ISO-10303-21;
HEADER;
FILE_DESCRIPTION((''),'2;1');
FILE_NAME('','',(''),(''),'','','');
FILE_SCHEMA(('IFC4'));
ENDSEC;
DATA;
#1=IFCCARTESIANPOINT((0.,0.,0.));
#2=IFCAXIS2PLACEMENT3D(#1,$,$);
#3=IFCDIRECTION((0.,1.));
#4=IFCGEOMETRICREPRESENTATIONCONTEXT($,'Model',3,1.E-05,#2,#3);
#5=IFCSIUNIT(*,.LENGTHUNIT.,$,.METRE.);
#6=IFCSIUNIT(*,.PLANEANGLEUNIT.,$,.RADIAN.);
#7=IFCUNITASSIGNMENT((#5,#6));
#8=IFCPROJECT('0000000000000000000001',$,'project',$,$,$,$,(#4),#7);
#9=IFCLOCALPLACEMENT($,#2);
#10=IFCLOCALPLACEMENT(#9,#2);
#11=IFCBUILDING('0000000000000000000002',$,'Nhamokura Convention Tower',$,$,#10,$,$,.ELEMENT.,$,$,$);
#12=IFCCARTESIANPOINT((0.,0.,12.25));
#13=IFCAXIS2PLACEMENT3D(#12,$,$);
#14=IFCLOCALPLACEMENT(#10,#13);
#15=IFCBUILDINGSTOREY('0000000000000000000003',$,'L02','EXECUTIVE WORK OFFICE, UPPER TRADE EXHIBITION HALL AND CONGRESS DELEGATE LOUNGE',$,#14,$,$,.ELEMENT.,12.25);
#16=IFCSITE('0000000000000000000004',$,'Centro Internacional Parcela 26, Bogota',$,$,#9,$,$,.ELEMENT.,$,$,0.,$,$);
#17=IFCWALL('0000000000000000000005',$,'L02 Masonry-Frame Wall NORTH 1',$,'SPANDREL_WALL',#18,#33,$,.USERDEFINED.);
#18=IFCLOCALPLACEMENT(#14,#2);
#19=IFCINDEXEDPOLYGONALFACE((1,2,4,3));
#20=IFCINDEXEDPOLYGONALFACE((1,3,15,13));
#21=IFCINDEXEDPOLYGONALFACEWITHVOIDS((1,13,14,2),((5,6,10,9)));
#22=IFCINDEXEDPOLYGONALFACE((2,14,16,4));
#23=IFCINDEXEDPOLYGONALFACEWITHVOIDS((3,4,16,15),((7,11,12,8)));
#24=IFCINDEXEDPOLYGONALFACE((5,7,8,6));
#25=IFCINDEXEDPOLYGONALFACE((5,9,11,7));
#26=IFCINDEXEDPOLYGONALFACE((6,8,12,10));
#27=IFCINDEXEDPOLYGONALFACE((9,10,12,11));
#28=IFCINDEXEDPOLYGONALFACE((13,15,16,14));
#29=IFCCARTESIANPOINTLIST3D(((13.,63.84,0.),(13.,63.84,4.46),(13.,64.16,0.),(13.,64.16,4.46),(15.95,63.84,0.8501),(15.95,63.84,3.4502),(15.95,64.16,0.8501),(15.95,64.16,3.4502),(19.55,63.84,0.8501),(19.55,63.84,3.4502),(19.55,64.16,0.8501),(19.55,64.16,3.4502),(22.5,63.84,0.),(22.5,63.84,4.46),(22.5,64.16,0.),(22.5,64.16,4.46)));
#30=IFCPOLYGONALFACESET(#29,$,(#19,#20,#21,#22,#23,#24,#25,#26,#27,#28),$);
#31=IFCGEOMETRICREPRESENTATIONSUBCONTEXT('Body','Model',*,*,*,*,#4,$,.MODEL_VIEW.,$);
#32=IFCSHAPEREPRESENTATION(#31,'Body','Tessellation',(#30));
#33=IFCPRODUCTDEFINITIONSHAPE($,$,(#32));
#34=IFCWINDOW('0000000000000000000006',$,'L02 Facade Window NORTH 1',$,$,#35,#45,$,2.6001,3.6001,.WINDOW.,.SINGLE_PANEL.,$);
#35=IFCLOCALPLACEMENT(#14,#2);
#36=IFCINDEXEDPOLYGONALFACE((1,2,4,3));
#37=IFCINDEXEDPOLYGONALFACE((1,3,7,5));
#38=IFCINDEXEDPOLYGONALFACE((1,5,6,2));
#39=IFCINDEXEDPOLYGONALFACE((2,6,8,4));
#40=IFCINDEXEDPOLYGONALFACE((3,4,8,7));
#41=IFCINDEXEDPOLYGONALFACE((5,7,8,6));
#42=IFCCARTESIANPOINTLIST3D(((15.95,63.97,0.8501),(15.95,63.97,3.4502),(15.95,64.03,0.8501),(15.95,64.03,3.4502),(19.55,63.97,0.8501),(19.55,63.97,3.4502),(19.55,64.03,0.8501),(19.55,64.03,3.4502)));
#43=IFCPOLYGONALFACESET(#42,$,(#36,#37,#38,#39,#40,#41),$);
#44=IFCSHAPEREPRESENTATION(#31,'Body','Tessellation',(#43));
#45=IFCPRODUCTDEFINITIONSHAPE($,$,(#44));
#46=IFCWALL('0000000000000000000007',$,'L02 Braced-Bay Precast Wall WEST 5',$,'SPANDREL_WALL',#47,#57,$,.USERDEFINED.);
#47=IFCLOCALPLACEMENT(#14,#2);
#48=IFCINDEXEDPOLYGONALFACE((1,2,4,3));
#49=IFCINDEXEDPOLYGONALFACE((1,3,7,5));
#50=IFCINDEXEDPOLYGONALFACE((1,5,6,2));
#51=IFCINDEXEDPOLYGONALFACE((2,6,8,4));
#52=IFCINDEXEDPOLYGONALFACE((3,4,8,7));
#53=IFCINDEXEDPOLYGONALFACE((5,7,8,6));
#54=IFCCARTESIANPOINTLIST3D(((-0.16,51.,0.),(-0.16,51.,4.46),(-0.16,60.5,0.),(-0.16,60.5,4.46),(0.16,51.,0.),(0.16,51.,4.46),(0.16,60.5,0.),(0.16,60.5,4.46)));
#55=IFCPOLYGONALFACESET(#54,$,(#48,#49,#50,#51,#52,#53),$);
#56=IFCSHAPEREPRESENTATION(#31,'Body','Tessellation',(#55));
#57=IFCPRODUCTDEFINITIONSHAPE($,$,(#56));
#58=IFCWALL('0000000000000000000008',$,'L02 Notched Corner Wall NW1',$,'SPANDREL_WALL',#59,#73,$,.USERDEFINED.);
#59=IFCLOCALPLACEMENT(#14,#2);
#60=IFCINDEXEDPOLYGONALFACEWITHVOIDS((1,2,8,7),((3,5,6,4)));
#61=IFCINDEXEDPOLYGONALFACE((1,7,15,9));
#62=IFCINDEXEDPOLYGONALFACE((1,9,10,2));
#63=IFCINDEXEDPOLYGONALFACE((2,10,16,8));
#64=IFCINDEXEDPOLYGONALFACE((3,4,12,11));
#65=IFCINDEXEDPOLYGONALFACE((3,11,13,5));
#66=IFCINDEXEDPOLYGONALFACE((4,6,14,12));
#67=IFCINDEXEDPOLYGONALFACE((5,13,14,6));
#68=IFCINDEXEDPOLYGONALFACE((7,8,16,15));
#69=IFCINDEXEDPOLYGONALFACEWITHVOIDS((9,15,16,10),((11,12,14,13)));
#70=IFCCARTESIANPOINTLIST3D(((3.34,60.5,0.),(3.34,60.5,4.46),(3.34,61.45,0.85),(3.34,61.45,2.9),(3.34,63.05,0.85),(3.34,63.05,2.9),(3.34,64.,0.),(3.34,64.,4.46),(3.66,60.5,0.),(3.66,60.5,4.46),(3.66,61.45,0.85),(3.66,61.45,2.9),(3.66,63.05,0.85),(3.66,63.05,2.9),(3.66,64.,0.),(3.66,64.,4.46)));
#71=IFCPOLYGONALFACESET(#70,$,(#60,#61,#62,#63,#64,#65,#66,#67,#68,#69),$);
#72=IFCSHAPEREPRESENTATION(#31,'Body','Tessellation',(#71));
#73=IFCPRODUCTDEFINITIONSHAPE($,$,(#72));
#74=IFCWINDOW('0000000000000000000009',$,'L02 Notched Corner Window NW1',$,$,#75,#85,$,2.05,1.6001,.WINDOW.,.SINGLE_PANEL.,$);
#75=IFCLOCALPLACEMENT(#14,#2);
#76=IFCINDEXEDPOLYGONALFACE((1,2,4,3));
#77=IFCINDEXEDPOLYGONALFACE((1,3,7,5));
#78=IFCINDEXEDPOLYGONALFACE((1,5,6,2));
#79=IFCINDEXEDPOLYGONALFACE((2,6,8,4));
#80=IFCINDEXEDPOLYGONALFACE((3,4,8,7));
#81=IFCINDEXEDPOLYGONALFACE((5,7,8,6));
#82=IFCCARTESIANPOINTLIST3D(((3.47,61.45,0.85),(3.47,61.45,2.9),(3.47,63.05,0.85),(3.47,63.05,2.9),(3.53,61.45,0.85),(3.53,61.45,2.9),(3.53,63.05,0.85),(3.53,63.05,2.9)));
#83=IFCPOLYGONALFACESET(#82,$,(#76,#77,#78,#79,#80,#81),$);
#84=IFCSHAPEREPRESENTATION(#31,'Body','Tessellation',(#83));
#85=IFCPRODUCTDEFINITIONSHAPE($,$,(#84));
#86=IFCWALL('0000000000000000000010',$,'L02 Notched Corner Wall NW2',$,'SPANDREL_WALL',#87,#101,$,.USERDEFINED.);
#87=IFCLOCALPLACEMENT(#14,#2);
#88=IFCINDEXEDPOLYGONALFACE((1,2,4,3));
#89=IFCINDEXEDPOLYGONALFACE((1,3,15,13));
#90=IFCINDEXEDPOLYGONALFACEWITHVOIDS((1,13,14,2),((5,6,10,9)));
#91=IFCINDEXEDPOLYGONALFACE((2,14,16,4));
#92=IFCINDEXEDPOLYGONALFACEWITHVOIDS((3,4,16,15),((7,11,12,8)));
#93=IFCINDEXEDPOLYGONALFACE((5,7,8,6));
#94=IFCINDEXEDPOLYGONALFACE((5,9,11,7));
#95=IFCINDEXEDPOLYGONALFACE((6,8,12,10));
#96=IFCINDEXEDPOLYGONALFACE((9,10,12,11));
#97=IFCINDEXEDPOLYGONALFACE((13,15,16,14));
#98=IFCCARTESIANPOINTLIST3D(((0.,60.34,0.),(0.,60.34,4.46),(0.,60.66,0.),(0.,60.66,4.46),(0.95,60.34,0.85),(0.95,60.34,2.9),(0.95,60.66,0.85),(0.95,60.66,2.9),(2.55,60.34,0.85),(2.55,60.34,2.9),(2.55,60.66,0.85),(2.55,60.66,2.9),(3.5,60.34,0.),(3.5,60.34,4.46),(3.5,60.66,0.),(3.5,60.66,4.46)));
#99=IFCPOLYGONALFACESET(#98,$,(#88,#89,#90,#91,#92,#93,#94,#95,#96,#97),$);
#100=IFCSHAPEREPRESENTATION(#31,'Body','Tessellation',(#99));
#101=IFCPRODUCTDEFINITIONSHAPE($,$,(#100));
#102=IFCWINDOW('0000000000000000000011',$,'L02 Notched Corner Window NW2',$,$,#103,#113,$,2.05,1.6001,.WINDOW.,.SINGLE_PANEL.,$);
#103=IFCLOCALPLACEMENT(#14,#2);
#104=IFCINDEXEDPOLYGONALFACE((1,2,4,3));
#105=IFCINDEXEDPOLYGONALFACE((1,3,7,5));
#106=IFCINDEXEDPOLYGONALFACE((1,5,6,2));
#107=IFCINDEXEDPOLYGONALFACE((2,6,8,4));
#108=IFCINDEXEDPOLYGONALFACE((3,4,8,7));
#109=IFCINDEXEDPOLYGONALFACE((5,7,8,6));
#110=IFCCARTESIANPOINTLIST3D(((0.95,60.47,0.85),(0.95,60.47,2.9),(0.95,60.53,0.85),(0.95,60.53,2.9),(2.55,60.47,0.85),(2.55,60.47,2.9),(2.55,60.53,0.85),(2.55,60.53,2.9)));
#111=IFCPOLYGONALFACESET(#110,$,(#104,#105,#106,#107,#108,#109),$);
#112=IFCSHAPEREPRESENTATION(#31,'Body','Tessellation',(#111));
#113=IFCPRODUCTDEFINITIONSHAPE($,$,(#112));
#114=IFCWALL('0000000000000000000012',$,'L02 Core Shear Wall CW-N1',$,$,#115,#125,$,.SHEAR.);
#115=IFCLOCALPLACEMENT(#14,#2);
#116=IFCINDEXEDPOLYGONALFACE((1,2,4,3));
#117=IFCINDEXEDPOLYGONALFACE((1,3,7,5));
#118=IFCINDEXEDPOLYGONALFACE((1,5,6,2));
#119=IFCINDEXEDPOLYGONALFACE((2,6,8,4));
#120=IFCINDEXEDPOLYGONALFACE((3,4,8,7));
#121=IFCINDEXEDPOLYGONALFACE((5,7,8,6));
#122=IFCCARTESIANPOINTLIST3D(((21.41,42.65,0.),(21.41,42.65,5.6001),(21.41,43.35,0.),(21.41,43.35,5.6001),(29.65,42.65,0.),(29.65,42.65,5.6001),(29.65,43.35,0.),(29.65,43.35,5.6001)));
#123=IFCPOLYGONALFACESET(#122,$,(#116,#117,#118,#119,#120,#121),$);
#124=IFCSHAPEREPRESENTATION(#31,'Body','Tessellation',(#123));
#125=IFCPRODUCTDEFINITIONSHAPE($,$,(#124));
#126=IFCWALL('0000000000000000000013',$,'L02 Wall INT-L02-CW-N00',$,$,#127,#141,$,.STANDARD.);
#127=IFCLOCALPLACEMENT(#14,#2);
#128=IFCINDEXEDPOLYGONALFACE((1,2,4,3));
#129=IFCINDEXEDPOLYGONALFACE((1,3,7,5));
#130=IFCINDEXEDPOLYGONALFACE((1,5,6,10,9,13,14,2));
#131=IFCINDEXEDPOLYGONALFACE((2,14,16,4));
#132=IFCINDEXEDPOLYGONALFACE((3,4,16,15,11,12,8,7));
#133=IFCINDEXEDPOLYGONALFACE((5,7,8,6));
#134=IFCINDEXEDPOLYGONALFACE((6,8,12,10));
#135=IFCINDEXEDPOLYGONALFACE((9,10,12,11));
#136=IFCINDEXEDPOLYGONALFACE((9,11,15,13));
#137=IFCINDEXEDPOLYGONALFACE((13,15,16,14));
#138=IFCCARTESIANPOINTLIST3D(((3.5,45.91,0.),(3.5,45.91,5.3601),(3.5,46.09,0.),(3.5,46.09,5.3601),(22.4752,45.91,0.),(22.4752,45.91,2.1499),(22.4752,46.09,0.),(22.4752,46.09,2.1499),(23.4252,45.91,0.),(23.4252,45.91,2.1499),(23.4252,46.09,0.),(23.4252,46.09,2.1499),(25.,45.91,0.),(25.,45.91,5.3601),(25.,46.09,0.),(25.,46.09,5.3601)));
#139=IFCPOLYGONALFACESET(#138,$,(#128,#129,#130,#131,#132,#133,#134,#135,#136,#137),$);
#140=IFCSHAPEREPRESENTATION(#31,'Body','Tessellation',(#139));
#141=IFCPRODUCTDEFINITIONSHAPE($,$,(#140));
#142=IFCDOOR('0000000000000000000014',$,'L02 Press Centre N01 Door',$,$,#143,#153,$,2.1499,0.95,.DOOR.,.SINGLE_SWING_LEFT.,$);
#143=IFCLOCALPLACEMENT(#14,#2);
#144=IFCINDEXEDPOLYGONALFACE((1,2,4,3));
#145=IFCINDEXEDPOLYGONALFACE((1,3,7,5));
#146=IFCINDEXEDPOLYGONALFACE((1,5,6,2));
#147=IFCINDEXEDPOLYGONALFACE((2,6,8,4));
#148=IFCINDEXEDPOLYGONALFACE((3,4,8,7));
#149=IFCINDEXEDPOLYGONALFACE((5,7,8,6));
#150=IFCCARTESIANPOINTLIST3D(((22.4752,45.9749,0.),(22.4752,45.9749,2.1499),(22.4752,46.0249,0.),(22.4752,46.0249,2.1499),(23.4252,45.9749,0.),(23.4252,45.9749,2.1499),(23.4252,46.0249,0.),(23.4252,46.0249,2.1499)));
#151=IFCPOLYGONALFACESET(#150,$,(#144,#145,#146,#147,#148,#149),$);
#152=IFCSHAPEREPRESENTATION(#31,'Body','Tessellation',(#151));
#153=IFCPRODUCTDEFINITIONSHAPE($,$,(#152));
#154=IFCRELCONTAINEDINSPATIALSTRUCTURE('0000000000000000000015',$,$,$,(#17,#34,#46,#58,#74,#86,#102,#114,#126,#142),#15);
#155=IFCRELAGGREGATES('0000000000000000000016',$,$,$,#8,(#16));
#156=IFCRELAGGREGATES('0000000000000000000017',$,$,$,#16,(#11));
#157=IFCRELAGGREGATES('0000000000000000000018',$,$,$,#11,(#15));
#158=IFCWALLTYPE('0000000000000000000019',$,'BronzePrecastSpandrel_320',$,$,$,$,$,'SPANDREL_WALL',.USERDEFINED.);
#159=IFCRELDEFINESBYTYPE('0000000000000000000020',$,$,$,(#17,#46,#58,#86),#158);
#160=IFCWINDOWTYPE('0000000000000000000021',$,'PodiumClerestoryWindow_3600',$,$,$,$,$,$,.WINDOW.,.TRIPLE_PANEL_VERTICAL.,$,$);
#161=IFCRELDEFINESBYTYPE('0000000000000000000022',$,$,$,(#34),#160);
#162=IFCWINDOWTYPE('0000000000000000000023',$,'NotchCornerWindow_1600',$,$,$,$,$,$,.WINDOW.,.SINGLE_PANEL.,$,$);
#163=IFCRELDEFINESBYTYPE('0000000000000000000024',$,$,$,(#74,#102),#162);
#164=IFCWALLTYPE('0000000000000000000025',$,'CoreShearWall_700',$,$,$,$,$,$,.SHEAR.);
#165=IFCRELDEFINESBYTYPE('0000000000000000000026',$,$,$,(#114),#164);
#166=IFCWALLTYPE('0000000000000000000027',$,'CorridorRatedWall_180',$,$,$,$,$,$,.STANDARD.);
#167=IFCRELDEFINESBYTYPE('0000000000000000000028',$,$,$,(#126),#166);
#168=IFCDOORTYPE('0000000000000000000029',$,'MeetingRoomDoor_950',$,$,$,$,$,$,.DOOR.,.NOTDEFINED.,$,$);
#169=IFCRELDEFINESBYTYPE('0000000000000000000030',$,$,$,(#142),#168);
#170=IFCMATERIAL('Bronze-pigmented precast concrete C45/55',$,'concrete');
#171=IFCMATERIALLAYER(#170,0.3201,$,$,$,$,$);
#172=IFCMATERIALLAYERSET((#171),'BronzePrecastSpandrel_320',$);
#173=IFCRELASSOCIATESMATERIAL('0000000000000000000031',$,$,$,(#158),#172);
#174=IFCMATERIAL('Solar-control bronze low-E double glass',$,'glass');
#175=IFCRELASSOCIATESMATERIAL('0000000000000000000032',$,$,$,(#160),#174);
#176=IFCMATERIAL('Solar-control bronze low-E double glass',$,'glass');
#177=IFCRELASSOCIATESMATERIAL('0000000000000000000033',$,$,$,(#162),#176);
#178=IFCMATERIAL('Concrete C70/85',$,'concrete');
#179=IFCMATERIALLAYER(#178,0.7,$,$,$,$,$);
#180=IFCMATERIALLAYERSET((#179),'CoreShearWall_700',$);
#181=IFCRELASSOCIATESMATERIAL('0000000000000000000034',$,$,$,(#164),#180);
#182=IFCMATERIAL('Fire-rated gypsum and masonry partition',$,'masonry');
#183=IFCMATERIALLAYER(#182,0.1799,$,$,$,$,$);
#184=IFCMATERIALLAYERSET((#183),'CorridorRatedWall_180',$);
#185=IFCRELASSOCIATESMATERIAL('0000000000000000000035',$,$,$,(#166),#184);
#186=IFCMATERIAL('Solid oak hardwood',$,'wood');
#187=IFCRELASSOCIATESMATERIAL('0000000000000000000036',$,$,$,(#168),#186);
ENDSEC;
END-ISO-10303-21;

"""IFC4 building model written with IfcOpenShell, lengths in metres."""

from ifc_helpers import new_model, si_unit, direction, frame, frame_2d, origin, place, context, subcontext, project, spatial, rectangle, extrude, material, layer, layer_set, type_object, element, fill, save


model = new_model("IFC4")

# Units and contexts
model_context = context("Model", 3, precision=1e-05, world=origin(), true_north=direction((0.0, 1.0)))
body_context = subcontext(model_context, "Body", "Model", "MODEL_VIEW")
ifc_project = project(units=[si_unit("LENGTHUNIT", "METRE"), si_unit("PLANEANGLEUNIT", "RADIAN")], contexts=[model_context])

# Site, building, storey
site_placement = place(None, origin())
site = spatial("IfcSite", under=ifc_project, at=site_placement, Name="Centro Internacional Parcela 26, Bogota", CompositionType="ELEMENT", RefElevation=0.0)
building_placement = place(site_placement, origin())
building = spatial("IfcBuilding", under=site, at=building_placement, Name="Nhamokura Convention Tower", CompositionType="ELEMENT")
storey_placement = place(building_placement, frame((0.0, 0.0, 12.25)))
storey = spatial("IfcBuildingStorey", under=building, at=storey_placement, Name="L02", Description="EXECUTIVE WORK OFFICE, UPPER TRADE EXHIBITION HALL AND CONGRESS DELEGATE LOUNGE", CompositionType="ELEMENT", Elevation=12.25)

# Shared definitions
ifc_material_1 = material(Name="Bronze-pigmented precast concrete C45/55", Category="concrete")
ifc_layer_1 = layer(ifc_material_1, 0.3201)
ifc_layer_set_1 = layer_set([ifc_layer_1], Name="BronzePrecastSpandrel_320")
wall_type_1 = type_object("IfcWallType", Name="BronzePrecastSpandrel_320", ElementType="SPANDREL_WALL", PredefinedType="USERDEFINED", material=ifc_layer_set_1)

# Wall, opening, window
wall_1_placement = place(storey_placement, frame((13.0, 64.0, 0.0), z_axis=(0.0, 0.0, 1.0), x_axis=(1.0, 0.0, 0.0)))
wall_1 = element("IfcWall", 1, at=wall_1_placement, inside=storey, type_object=wall_type_1, Name="L02 Masonry-Frame Wall NORTH 1", ObjectType="SPANDREL_WALL", PredefinedType="USERDEFINED", context=body_context, shape_type="SweptSolid", body=[
    extrude(rectangle(XDim=9.5, YDim=0.3201, at=frame_2d((4.75, 0.0))), origin(), (0.0, 0.0, 1.0), 4.46),
])
opening_1_placement = place(wall_1_placement, frame((2.95, 0.0, 0.8501)))
opening_1 = element("IfcOpeningElement", 2, at=opening_1_placement, cuts=wall_1, PredefinedType="OPENING", context=body_context, shape_type="SweptSolid", body=[
    extrude(rectangle(XDim=3.6001, YDim=2.6001, at=frame_2d((1.8, 1.3))), frame((0.0, 0.1699, 0.0), z_axis=(0.0, -1.0, 0.0), x_axis=(1.0, 0.0, 0.0)), (0.0, 0.0, 1.0), 0.3401),
])
ifc_material_2 = material(Name="Solar-control bronze low-E double glass", Category="glass")
window_type_1 = type_object("IfcWindowType", Name="PodiumClerestoryWindow_3600", PartitioningType="TRIPLE_PANEL_VERTICAL", PredefinedType="WINDOW", material=ifc_material_2)
window_1_placement = place(opening_1_placement, origin())
window_1 = element("IfcWindow", 3, at=window_1_placement, inside=storey, type_object=window_type_1, Name="L02 Facade Window NORTH 1", OverallHeight=2.6001, OverallWidth=3.6001, PartitioningType="SINGLE_PANEL", PredefinedType="WINDOW", context=body_context, shape_type="SweptSolid", body=[
    extrude(rectangle(XDim=3.6001, YDim=2.6001, at=frame_2d((1.8, 1.3))), frame((0.0, 0.03, 0.0), z_axis=(0.0, -1.0, 0.0), x_axis=(1.0, 0.0, 0.0)), (0.0, 0.0, 1.0), 0.0601),
])
fill(opening_1, window_1)

# Wall
wall_2_placement = place(storey_placement, frame((0.0, 51.0, 0.0), z_axis=(0.0, 0.0, 1.0), x_axis=(0.0, 1.0, 0.0)))
element("IfcWall", 4, at=wall_2_placement, inside=storey, type_object=wall_type_1, Name="L02 Braced-Bay Precast Wall WEST 5", ObjectType="SPANDREL_WALL", PredefinedType="USERDEFINED", context=body_context, shape_type="SweptSolid", body=[
    extrude(rectangle(XDim=9.5, YDim=0.3201, at=frame_2d((4.75, 0.0))), origin(), (0.0, 0.0, 1.0), 4.46),
])

# Walls, openings, windows
wall_3_placement = place(storey_placement, frame((3.5, 60.5, 0.0), z_axis=(0.0, 0.0, 1.0), x_axis=(0.0, 1.0, 0.0)))
wall_3 = element("IfcWall", 5, at=wall_3_placement, inside=storey, type_object=wall_type_1, Name="L02 Notched Corner Wall NW1", ObjectType="SPANDREL_WALL", PredefinedType="USERDEFINED", context=body_context, shape_type="SweptSolid", body=[
    extrude(rectangle(XDim=3.5, YDim=0.3201, at=frame_2d((1.75, 0.0))), origin(), (0.0, 0.0, 1.0), 4.46),
])
opening_2_placement = place(wall_3_placement, frame((0.95, 0.0, 0.8501)))
opening_2 = element("IfcOpeningElement", 6, at=opening_2_placement, cuts=wall_3, PredefinedType="OPENING", context=body_context, shape_type="SweptSolid", body=[
    extrude(rectangle(XDim=1.6001, YDim=2.05, at=frame_2d((0.8, 1.0249))), frame((0.0, 0.1699, 0.0), z_axis=(0.0, -1.0, 0.0), x_axis=(1.0, 0.0, 0.0)), (0.0, 0.0, 1.0), 0.3401),
])
ifc_material_3 = material(Name="Solar-control bronze low-E double glass", Category="glass")
window_type_2 = type_object("IfcWindowType", Name="NotchCornerWindow_1600", PartitioningType="SINGLE_PANEL", PredefinedType="WINDOW", material=ifc_material_3)
window_2_placement = place(opening_2_placement, origin())
window_2 = element("IfcWindow", 7, at=window_2_placement, inside=storey, type_object=window_type_2, Name="L02 Notched Corner Window NW1", OverallHeight=2.05, OverallWidth=1.6001, PartitioningType="SINGLE_PANEL", PredefinedType="WINDOW", context=body_context, shape_type="SweptSolid", body=[
    extrude(rectangle(XDim=1.6001, YDim=2.05, at=frame_2d((0.8, 1.0249))), frame((0.0, 0.03, 0.0), z_axis=(0.0, -1.0, 0.0), x_axis=(1.0, 0.0, 0.0)), (0.0, 0.0, 1.0), 0.0601),
])
fill(opening_2, window_2)
wall_4_placement = place(storey_placement, frame((0.0, 60.5, 0.0), z_axis=(0.0, 0.0, 1.0), x_axis=(1.0, 0.0, 0.0)))
wall_4 = element("IfcWall", 8, at=wall_4_placement, inside=storey, type_object=wall_type_1, Name="L02 Notched Corner Wall NW2", ObjectType="SPANDREL_WALL", PredefinedType="USERDEFINED", context=body_context, shape_type="SweptSolid", body=[
    extrude(rectangle(XDim=3.5, YDim=0.3201, at=frame_2d((1.75, 0.0))), origin(), (0.0, 0.0, 1.0), 4.46),
])
opening_3_placement = place(wall_4_placement, frame((0.95, 0.0, 0.8501)))
opening_3 = element("IfcOpeningElement", 9, at=opening_3_placement, cuts=wall_4, PredefinedType="OPENING", context=body_context, shape_type="SweptSolid", body=[
    extrude(rectangle(XDim=1.6001, YDim=2.05, at=frame_2d((0.8, 1.0249))), frame((0.0, 0.1699, 0.0), z_axis=(0.0, -1.0, 0.0), x_axis=(1.0, 0.0, 0.0)), (0.0, 0.0, 1.0), 0.3401),
])
window_3_placement = place(opening_3_placement, origin())
window_3 = element("IfcWindow", 10, at=window_3_placement, inside=storey, type_object=window_type_2, Name="L02 Notched Corner Window NW2", OverallHeight=2.05, OverallWidth=1.6001, PartitioningType="SINGLE_PANEL", PredefinedType="WINDOW", context=body_context, shape_type="SweptSolid", body=[
    extrude(rectangle(XDim=1.6001, YDim=2.05, at=frame_2d((0.8, 1.0249))), frame((0.0, 0.03, 0.0), z_axis=(0.0, -1.0, 0.0), x_axis=(1.0, 0.0, 0.0)), (0.0, 0.0, 1.0), 0.0601),
])
fill(opening_3, window_3)

# Wall
ifc_material_4 = material(Name="Concrete C70/85", Category="concrete")
ifc_layer_2 = layer(ifc_material_4, 0.7)
ifc_layer_set_2 = layer_set([ifc_layer_2], Name="CoreShearWall_700")
wall_type_2 = type_object("IfcWallType", Name="CoreShearWall_700", PredefinedType="SHEAR", material=ifc_layer_set_2)
wall_5_placement = place(storey_placement, frame((21.4099, 43.0, 0.0), z_axis=(0.0, 0.0, 1.0), x_axis=(1.0, 0.0, 0.0)))
element("IfcWall", 11, at=wall_5_placement, inside=storey, type_object=wall_type_2, Name="L02 Core Shear Wall CW-N1", PredefinedType="SHEAR", context=body_context, shape_type="SweptSolid", body=[
    extrude(rectangle(XDim=8.24, YDim=0.7, at=frame_2d((4.1201, 0.0))), origin(), (0.0, 0.0, 1.0), 5.6001),
])

# Wall, opening, door
ifc_material_5 = material(Name="Fire-rated gypsum and masonry partition", Category="masonry")
ifc_layer_3 = layer(ifc_material_5, 0.1799)
ifc_layer_set_3 = layer_set([ifc_layer_3], Name="CorridorRatedWall_180")
wall_type_3 = type_object("IfcWallType", Name="CorridorRatedWall_180", PredefinedType="STANDARD", material=ifc_layer_set_3)
wall_6_placement = place(storey_placement, frame((3.5, 46.0, 0.0), z_axis=(0.0, 0.0, 1.0), x_axis=(1.0, 0.0, 0.0)))
wall_6 = element("IfcWall", 12, at=wall_6_placement, inside=storey, type_object=wall_type_3, Name="L02 Wall INT-L02-CW-N00", PredefinedType="STANDARD", context=body_context, shape_type="SweptSolid", body=[
    extrude(rectangle(XDim=21.5, YDim=0.1799, at=frame_2d((10.75, 0.0))), origin(), (0.0, 0.0, 1.0), 5.3601),
])
opening_4_placement = place(wall_6_placement, frame((18.9751, 0.0, 0.0)))
opening_4 = element("IfcOpeningElement", 13, at=opening_4_placement, cuts=wall_6, PredefinedType="OPENING", context=body_context, shape_type="SweptSolid", body=[
    extrude(rectangle(XDim=0.95, YDim=2.1499, at=frame_2d((0.4751, 1.075))), frame((0.0, 0.0999, 0.0), z_axis=(0.0, -1.0, 0.0), x_axis=(1.0, 0.0, 0.0)), (0.0, 0.0, 1.0), 0.2),
])
ifc_material_6 = material(Name="Solid oak hardwood", Category="wood")
door_type = type_object("IfcDoorType", Name="MeetingRoomDoor_950", OperationType="NOTDEFINED", PredefinedType="DOOR", material=ifc_material_6)
door_placement = place(opening_4_placement, origin())
door = element("IfcDoor", 14, at=door_placement, inside=storey, type_object=door_type, Name="L02 Press Centre N01 Door", OperationType="SINGLE_SWING_LEFT", OverallHeight=2.1499, OverallWidth=0.95, PredefinedType="DOOR", context=body_context, shape_type="SweptSolid", body=[
    extrude(rectangle(XDim=0.95, YDim=2.1499, at=frame_2d((0.4751, 1.075))), frame((0.0, 0.0249, 0.0), z_axis=(0.0, -1.0, 0.0), x_axis=(1.0, 0.0, 0.0)), (0.0, 0.0, 1.0), 0.05),
])
fill(opening_4, door)

save(model, "model.ifc")
